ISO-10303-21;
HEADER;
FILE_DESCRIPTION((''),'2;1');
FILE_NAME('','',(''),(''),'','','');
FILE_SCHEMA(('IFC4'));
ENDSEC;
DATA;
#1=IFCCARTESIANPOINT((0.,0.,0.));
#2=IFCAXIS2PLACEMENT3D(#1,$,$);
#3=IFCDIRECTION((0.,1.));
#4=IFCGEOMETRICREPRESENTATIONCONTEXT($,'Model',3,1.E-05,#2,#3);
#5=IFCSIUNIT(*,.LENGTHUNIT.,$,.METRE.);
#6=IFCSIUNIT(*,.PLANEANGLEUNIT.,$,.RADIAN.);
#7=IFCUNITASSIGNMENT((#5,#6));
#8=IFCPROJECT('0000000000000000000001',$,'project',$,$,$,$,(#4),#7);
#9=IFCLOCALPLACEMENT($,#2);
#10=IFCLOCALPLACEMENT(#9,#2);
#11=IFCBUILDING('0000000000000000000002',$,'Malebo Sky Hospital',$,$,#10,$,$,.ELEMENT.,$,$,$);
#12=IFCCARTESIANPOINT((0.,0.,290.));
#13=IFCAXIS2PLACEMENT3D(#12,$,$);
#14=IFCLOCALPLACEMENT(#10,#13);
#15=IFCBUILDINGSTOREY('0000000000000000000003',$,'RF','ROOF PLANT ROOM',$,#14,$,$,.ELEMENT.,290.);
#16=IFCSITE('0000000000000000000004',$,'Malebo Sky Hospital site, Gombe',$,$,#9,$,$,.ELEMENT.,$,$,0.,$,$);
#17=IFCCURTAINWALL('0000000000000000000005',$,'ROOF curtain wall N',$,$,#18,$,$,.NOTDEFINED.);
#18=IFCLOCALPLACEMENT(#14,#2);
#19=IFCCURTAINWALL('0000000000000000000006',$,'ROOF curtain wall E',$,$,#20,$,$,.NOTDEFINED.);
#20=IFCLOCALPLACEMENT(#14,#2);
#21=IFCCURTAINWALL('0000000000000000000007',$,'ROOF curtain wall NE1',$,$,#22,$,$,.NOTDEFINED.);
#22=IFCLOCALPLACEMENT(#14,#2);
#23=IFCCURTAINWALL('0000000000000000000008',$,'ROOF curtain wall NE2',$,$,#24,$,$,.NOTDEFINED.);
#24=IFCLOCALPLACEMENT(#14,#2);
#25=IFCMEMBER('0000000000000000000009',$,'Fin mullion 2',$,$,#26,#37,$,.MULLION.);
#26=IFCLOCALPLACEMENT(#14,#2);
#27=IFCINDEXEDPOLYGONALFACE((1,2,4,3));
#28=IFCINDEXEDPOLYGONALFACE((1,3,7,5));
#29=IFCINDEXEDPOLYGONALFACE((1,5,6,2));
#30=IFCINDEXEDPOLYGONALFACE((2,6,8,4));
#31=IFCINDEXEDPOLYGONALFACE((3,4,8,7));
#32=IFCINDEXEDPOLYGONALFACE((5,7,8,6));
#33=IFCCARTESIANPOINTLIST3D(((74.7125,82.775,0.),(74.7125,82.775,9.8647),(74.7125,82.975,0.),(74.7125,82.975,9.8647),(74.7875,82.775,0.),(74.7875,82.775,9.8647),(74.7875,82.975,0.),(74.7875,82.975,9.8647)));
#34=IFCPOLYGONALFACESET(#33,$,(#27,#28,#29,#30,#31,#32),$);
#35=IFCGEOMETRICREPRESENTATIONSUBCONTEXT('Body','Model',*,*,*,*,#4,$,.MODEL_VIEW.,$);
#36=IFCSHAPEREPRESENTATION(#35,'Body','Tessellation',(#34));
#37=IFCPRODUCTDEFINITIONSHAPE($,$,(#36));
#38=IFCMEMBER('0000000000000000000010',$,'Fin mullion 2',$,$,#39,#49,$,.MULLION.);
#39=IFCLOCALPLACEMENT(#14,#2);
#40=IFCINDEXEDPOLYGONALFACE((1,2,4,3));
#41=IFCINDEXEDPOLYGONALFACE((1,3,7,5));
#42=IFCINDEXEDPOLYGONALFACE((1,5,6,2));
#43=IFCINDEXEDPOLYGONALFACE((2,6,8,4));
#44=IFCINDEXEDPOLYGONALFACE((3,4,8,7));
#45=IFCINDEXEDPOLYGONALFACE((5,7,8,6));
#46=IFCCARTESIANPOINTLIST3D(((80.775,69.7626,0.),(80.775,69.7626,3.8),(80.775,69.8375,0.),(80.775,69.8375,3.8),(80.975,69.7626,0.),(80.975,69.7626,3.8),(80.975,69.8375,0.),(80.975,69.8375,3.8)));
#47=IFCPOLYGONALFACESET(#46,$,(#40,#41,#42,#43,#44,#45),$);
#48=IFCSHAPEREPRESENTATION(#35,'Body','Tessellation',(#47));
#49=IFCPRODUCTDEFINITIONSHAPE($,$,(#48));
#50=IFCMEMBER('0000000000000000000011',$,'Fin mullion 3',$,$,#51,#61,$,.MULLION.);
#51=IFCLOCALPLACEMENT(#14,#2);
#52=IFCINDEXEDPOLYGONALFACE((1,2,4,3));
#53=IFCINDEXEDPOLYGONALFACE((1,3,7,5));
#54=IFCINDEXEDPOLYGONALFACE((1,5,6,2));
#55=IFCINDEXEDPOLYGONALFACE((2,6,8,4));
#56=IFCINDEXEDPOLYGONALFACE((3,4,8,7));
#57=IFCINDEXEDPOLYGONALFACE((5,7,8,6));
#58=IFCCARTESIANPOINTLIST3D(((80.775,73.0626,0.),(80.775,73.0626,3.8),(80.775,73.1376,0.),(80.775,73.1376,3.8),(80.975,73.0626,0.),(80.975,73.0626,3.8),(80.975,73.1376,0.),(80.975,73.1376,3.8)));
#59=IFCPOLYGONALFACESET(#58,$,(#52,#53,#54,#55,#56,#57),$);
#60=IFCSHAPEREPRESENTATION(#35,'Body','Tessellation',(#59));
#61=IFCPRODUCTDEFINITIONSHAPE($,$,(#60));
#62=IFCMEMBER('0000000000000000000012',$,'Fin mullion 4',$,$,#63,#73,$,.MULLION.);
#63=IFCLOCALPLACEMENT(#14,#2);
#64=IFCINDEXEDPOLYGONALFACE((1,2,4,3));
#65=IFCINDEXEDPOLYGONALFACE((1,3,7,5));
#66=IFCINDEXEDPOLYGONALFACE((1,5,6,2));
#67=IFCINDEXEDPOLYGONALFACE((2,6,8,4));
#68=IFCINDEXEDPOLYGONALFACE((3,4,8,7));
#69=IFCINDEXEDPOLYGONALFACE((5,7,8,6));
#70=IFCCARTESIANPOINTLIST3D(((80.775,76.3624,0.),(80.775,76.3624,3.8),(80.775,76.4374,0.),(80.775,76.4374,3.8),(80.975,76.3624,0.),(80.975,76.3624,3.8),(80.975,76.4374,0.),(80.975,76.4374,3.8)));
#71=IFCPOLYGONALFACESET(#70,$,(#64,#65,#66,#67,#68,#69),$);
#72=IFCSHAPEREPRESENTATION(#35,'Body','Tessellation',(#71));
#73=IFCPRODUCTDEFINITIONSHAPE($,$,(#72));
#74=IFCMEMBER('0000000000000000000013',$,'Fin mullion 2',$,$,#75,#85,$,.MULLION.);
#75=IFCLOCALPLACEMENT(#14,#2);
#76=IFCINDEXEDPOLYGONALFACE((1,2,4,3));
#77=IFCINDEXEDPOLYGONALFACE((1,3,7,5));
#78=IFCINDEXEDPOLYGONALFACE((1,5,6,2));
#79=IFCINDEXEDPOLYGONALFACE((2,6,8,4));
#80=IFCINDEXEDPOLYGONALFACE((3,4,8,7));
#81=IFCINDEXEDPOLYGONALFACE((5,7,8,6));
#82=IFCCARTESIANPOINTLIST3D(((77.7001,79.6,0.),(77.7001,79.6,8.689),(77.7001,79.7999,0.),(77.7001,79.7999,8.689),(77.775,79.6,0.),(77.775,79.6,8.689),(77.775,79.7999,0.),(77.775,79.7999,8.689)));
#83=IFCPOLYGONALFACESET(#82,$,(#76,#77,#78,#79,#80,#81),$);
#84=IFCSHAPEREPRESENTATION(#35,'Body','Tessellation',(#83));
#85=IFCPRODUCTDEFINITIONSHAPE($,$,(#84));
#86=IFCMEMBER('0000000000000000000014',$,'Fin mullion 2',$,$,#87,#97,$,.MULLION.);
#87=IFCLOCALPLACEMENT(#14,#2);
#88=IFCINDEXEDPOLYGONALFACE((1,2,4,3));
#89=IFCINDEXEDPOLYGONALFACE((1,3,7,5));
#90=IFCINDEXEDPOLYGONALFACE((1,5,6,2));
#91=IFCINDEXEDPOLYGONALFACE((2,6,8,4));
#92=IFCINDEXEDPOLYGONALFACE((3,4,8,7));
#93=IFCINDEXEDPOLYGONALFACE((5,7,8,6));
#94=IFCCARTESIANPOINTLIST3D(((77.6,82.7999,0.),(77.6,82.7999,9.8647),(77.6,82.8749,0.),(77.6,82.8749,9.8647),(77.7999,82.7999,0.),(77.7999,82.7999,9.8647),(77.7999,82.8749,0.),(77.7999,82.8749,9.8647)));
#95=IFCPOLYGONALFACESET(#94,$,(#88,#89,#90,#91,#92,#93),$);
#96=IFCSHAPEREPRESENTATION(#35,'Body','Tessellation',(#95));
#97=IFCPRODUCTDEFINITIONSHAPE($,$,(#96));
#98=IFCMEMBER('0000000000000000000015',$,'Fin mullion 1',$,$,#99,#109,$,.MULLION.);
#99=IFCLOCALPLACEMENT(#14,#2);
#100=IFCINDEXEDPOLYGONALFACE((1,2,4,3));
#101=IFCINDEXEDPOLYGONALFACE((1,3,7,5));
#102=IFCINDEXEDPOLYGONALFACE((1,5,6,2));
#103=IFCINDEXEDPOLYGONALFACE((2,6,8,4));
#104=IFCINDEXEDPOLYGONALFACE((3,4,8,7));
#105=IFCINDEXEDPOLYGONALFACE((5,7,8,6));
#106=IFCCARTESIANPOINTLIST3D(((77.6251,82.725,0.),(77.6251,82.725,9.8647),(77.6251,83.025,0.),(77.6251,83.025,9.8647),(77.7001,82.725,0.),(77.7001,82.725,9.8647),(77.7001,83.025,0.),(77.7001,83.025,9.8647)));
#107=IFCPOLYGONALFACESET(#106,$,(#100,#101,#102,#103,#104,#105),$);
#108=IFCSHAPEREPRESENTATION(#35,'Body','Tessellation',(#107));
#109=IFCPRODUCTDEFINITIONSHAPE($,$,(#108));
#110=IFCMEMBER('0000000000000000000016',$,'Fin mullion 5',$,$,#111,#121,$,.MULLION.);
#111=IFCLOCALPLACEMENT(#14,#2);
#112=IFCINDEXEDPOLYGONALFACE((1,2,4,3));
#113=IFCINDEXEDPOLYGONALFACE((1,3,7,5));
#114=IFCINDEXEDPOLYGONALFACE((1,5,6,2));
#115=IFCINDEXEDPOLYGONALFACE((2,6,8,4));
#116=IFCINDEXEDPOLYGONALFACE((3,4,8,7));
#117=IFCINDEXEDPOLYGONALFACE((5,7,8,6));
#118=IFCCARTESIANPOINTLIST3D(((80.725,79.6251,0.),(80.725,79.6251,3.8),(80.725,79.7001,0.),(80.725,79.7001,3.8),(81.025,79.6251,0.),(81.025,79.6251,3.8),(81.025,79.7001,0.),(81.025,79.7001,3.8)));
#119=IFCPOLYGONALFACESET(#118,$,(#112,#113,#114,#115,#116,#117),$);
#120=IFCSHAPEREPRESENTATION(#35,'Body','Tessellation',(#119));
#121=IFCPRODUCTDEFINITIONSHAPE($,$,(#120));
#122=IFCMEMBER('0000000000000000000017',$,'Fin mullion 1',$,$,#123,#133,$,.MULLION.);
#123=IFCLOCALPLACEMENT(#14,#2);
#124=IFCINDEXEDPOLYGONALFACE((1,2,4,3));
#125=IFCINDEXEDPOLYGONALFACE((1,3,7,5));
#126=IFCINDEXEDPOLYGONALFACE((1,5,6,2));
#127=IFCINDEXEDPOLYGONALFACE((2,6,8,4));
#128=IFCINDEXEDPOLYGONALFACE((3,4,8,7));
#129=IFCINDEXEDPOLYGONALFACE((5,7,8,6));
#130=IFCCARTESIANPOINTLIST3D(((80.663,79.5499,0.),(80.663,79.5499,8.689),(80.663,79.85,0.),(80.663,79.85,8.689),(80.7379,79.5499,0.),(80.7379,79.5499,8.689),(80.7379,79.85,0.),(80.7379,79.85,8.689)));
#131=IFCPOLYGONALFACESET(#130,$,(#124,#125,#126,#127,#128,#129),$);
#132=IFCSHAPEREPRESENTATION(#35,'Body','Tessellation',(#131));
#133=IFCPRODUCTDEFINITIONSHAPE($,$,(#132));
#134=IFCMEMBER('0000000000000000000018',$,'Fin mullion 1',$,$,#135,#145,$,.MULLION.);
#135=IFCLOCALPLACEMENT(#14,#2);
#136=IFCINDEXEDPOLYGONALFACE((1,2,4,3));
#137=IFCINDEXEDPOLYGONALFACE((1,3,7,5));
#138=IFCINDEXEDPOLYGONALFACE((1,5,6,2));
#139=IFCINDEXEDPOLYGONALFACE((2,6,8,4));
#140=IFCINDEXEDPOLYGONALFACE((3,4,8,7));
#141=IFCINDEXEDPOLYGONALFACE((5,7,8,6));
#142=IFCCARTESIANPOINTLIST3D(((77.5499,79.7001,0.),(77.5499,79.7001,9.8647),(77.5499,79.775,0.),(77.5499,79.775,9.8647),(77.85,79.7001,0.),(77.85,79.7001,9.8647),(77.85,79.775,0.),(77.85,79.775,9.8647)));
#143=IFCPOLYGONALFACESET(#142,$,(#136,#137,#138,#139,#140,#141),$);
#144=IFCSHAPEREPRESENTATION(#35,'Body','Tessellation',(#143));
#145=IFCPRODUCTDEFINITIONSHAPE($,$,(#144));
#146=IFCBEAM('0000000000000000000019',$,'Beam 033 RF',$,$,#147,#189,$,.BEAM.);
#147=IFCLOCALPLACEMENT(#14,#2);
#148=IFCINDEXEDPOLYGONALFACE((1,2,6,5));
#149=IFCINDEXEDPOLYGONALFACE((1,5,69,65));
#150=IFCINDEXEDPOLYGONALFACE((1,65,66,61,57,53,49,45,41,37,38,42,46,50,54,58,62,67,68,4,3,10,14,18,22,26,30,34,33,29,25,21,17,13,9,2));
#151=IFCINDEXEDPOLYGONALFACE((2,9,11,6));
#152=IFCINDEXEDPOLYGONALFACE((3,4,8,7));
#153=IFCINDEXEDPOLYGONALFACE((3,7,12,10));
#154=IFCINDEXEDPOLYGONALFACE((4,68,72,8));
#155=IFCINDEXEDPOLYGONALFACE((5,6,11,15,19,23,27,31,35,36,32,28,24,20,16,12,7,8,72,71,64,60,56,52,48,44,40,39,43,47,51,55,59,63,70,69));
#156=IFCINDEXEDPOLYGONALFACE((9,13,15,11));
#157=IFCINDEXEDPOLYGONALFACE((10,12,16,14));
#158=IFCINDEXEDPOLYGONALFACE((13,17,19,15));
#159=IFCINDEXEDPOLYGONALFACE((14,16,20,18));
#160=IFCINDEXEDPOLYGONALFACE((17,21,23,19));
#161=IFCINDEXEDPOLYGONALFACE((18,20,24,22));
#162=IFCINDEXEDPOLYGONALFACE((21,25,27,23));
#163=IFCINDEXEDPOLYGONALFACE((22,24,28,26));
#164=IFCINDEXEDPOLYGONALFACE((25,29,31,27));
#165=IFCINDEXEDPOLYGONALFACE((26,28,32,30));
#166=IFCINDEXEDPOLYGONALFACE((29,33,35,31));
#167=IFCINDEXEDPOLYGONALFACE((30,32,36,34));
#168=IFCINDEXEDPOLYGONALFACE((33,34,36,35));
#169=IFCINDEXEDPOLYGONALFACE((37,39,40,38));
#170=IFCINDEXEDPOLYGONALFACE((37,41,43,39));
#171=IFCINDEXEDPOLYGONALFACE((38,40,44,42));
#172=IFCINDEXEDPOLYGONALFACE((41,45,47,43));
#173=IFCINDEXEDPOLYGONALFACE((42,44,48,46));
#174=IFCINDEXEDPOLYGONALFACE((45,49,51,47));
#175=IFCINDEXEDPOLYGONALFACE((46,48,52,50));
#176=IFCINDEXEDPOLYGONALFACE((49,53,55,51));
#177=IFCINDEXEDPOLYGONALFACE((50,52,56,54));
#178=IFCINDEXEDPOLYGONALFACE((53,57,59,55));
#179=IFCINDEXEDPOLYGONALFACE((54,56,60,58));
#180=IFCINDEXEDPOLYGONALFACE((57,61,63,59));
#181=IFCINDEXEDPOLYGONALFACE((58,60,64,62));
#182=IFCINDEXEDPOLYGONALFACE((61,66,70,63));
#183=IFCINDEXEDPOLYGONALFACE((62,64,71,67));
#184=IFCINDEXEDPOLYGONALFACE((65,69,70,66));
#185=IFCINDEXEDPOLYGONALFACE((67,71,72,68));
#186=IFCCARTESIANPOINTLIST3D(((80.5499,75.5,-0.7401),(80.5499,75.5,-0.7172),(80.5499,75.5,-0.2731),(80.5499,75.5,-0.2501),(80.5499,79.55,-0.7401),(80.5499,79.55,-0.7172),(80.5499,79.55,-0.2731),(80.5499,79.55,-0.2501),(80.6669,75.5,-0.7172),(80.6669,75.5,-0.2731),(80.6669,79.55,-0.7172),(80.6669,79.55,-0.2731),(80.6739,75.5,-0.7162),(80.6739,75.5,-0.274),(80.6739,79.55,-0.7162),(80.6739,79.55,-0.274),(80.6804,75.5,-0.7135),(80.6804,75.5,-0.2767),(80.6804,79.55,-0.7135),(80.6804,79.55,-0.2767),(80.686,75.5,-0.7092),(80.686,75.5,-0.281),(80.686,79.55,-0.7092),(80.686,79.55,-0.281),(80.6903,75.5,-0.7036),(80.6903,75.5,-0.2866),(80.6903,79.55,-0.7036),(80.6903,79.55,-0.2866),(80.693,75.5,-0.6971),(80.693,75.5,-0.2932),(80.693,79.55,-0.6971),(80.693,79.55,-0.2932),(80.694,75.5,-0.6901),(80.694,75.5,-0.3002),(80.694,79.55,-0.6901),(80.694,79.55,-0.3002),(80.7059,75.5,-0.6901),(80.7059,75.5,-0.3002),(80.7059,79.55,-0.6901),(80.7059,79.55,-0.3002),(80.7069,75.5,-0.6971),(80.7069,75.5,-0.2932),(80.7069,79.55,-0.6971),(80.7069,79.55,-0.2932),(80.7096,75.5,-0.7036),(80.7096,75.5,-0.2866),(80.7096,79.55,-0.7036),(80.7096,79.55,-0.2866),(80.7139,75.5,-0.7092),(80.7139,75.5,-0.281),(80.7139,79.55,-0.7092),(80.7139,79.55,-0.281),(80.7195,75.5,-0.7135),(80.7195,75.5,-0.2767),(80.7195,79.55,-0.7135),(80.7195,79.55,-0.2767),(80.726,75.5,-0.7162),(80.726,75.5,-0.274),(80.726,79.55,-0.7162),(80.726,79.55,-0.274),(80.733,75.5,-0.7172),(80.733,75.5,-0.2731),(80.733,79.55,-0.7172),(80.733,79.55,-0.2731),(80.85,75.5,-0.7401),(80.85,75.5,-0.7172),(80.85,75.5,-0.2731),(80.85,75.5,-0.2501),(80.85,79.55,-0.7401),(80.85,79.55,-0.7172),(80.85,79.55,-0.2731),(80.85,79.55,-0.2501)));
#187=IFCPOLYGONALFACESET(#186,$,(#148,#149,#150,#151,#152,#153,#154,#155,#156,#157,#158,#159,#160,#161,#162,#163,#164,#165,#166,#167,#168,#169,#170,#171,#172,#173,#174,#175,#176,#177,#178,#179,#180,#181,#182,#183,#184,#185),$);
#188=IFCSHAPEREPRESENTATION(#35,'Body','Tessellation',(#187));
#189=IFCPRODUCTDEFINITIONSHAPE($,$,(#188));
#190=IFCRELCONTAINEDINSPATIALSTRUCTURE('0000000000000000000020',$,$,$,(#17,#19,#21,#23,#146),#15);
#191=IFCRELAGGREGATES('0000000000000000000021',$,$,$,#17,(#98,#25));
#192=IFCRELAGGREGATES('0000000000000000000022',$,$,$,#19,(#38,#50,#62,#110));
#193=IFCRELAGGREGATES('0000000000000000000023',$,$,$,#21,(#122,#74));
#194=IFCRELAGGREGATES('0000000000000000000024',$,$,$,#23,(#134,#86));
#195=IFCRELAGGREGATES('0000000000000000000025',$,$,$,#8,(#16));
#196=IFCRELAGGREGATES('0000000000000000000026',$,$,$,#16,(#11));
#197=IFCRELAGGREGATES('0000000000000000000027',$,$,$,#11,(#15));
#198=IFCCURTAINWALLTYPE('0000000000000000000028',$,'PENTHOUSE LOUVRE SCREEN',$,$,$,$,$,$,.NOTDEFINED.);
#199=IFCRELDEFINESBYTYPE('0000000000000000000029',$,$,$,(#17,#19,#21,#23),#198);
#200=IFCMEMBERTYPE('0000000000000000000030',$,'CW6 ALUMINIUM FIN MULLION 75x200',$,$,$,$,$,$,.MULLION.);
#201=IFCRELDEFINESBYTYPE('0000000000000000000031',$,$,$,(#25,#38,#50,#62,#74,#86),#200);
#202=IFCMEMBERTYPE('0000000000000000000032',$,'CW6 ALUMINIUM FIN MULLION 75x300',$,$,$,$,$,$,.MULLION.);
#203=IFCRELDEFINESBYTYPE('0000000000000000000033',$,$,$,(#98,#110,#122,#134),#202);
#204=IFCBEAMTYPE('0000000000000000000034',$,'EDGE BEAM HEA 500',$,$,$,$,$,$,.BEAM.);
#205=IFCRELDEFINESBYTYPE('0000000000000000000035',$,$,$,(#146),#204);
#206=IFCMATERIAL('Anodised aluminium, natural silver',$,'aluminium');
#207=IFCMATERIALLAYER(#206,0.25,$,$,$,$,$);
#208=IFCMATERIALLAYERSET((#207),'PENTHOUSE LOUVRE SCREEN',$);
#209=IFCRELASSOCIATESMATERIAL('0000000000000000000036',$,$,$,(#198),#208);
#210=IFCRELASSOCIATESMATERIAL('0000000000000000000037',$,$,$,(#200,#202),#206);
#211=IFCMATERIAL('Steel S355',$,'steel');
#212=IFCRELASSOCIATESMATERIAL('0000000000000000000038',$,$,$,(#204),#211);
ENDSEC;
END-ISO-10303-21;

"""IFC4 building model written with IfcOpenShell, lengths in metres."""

from ifc_helpers import new_model, si_unit, direction, frame, origin, origin_2d, place, context, subcontext, project, spatial, rectangle, i_section, extrude, material, layer, layer_set, material_profile, profile_set, type_object, element, aggregate, save


model = new_model("IFC4")

# Units and contexts
model_context = context("Model", 3, precision=1e-05, world=origin(), true_north=direction((0.0, 1.0)))
body_context = subcontext(model_context, "Body", "Model", "MODEL_VIEW")
ifc_project = project(units=[si_unit("LENGTHUNIT", "METRE"), si_unit("PLANEANGLEUNIT", "RADIAN")], contexts=[model_context])

# Site, building, storey
site_placement = place(None, origin())
site = spatial("IfcSite", under=ifc_project, at=site_placement, Name="Malebo Sky Hospital site, Gombe", CompositionType="ELEMENT", RefElevation=0.0)
building_placement = place(site_placement, origin())
building = spatial("IfcBuilding", under=site, at=building_placement, Name="Malebo Sky Hospital", CompositionType="ELEMENT")
storey_placement = place(building_placement, frame((0.0, 0.0, 290.0)))
storey = spatial("IfcBuildingStorey", under=building, at=storey_placement, Name="RF", Description="ROOF PLANT ROOM", CompositionType="ELEMENT", Elevation=290.0)

# Shared definitions
ifc_material_1 = material(Name="Steel S355", Category="steel")

# Curtain walls
ifc_material_2 = material(Name="Anodised aluminium, natural silver", Category="aluminium")
ifc_layer_1 = layer(ifc_material_2, 0.25)
ifc_layer_set_1 = layer_set([ifc_layer_1], Name="PENTHOUSE LOUVRE SCREEN")
curtain_wall_type = type_object("IfcCurtainWallType", Name="PENTHOUSE LOUVRE SCREEN", PredefinedType="NOTDEFINED", material=ifc_layer_set_1)
curtain_wall_1_placement = place(storey_placement, origin())
curtain_wall_1 = element("IfcCurtainWall", 1, at=curtain_wall_1_placement, inside=storey, type_object=curtain_wall_type, Name="ROOF curtain wall N", PredefinedType="NOTDEFINED")
curtain_wall_2_placement = place(storey_placement, origin())
curtain_wall_2 = element("IfcCurtainWall", 2, at=curtain_wall_2_placement, inside=storey, type_object=curtain_wall_type, Name="ROOF curtain wall E", PredefinedType="NOTDEFINED")

# Curtain walls
curtain_wall_3_placement = place(storey_placement, origin())
curtain_wall_3 = element("IfcCurtainWall", 3, at=curtain_wall_3_placement, inside=storey, type_object=curtain_wall_type, Name="ROOF curtain wall NE1", PredefinedType="NOTDEFINED")
curtain_wall_4_placement = place(storey_placement, origin())
curtain_wall_4 = element("IfcCurtainWall", 4, at=curtain_wall_4_placement, inside=storey, type_object=curtain_wall_type, Name="ROOF curtain wall NE2", PredefinedType="NOTDEFINED")

# Members
ifc_material_profile_1 = material_profile(ifc_material_2, rectangle(XDim=0.075, YDim=0.2, at=origin_2d()), Name="CW6 ALUMINIUM FIN MULLION 75x200")
ifc_profile_set_1 = profile_set([ifc_material_profile_1], Name="Anodised aluminium, natural silver")
member_type_1 = type_object("IfcMemberType", Name="CW6 ALUMINIUM FIN MULLION 75x200", PredefinedType="MULLION", material=ifc_profile_set_1)
member_1_placement = place(storey_placement, frame((74.75, 82.875, 0.0), z_axis=(0.0, 0.0, 1.0), x_axis=(-1.0, 0.0, 0.0)))
member_1 = element("IfcMember", 5, at=member_1_placement, type_object=member_type_1, Name="Fin mullion 2", PredefinedType="MULLION", context=body_context, shape_type="SweptSolid", body=[
    extrude(rectangle(XDim=0.075, YDim=0.2, at=origin_2d()), origin(), (0.0, 0.0, 1.0), 9.8647),
])
member_2_placement = place(storey_placement, frame((80.875, 69.8, 0.0), z_axis=(0.0, 0.0, 1.0), x_axis=(0.0, 1.0, 0.0)))
member_2 = element("IfcMember", 6, at=member_2_placement, type_object=member_type_1, Name="Fin mullion 2", PredefinedType="MULLION", context=body_context, shape_type="SweptSolid", body=[
    extrude(rectangle(XDim=0.075, YDim=0.2, at=origin_2d()), origin(), (0.0, 0.0, 1.0), 3.8),
])
member_3_placement = place(storey_placement, frame((80.875, 73.1001, 0.0), z_axis=(0.0, 0.0, 1.0), x_axis=(0.0, 1.0, 0.0)))
member_3 = element("IfcMember", 7, at=member_3_placement, type_object=member_type_1, Name="Fin mullion 3", PredefinedType="MULLION", context=body_context, shape_type="SweptSolid", body=[
    extrude(rectangle(XDim=0.075, YDim=0.2, at=origin_2d()), origin(), (0.0, 0.0, 1.0), 3.8),
])
member_4_placement = place(storey_placement, frame((80.875, 76.3999, 0.0), z_axis=(0.0, 0.0, 1.0), x_axis=(0.0, 1.0, 0.0)))
member_4 = element("IfcMember", 8, at=member_4_placement, type_object=member_type_1, Name="Fin mullion 4", PredefinedType="MULLION", context=body_context, shape_type="SweptSolid", body=[
    extrude(rectangle(XDim=0.075, YDim=0.2, at=origin_2d()), origin(), (0.0, 0.0, 1.0), 3.8),
])
member_5_placement = place(storey_placement, frame((77.7375, 79.7, 0.0), z_axis=(0.0, 0.0, 1.0), x_axis=(-1.0, 0.0, 0.0)))
member_5 = element("IfcMember", 9, at=member_5_placement, type_object=member_type_1, Name="Fin mullion 2", PredefinedType="MULLION", context=body_context, shape_type="SweptSolid", body=[
    extrude(rectangle(XDim=0.075, YDim=0.2, at=origin_2d()), origin(), (0.0, 0.0, 1.0), 8.689),
])
member_6_placement = place(storey_placement, frame((77.7, 82.8374, 0.0), z_axis=(0.0, 0.0, 1.0), x_axis=(0.0, 1.0, 0.0)))
member_6 = element("IfcMember", 10, at=member_6_placement, type_object=member_type_1, Name="Fin mullion 2", PredefinedType="MULLION", context=body_context, shape_type="SweptSolid", body=[
    extrude(rectangle(XDim=0.075, YDim=0.2, at=origin_2d()), origin(), (0.0, 0.0, 1.0), 9.8647),
])
ifc_material_profile_2 = material_profile(ifc_material_2, rectangle(XDim=0.075, YDim=0.3, at=origin_2d()), Name="CW6 ALUMINIUM FIN MULLION 75x300")
ifc_profile_set_2 = profile_set([ifc_material_profile_2], Name="Anodised aluminium, natural silver")
member_type_2 = type_object("IfcMemberType", Name="CW6 ALUMINIUM FIN MULLION 75x300", PredefinedType="MULLION", material=ifc_profile_set_2)
member_7_placement = place(storey_placement, frame((77.6626, 82.875, 0.0), z_axis=(0.0, 0.0, 1.0), x_axis=(-1.0, 0.0, 0.0)))
member_7 = element("IfcMember", 11, at=member_7_placement, type_object=member_type_2, Name="Fin mullion 1", PredefinedType="MULLION", context=body_context, shape_type="SweptSolid", body=[
    extrude(rectangle(XDim=0.075, YDim=0.3, at=origin_2d()), origin(), (0.0, 0.0, 1.0), 9.8647),
])
member_8_placement = place(storey_placement, frame((80.875, 79.6626, 0.0), z_axis=(0.0, 0.0, 1.0), x_axis=(0.0, 1.0, 0.0)))
member_8 = element("IfcMember", 12, at=member_8_placement, type_object=member_type_2, Name="Fin mullion 5", PredefinedType="MULLION", context=body_context, shape_type="SweptSolid", body=[
    extrude(rectangle(XDim=0.075, YDim=0.3, at=origin_2d()), origin(), (0.0, 0.0, 1.0), 3.8),
])
member_9_placement = place(storey_placement, frame((80.7004, 79.7, 0.0), z_axis=(0.0, 0.0, 1.0), x_axis=(-1.0, 0.0, 0.0)))
member_9 = element("IfcMember", 13, at=member_9_placement, type_object=member_type_2, Name="Fin mullion 1", PredefinedType="MULLION", context=body_context, shape_type="SweptSolid", body=[
    extrude(rectangle(XDim=0.075, YDim=0.3, at=origin_2d()), origin(), (0.0, 0.0, 1.0), 8.689),
])
member_10_placement = place(storey_placement, frame((77.7, 79.7375, 0.0), z_axis=(0.0, 0.0, 1.0), x_axis=(0.0, 1.0, 0.0)))
member_10 = element("IfcMember", 14, at=member_10_placement, type_object=member_type_2, Name="Fin mullion 1", PredefinedType="MULLION", context=body_context, shape_type="SweptSolid", body=[
    extrude(rectangle(XDim=0.075, YDim=0.3, at=origin_2d()), origin(), (0.0, 0.0, 1.0), 9.8647),
])

# Beam
ifc_material_profile_3 = material_profile(ifc_material_1, i_section(OverallWidth=0.3, OverallDepth=0.49, WebThickness=0.012, FlangeThickness=0.0229, FilletRadius=0.0271, at=origin_2d()), Name="HEA 500")
ifc_profile_set_3 = profile_set([ifc_material_profile_3], Name="Steel S355")
beam_type_1 = type_object("IfcBeamType", Name="EDGE BEAM HEA 500", PredefinedType="BEAM", material=ifc_profile_set_3)
for number, where, z_axis, x_axis, name in (
    (15, (80.7, 75.5, -0.4951), (0.0, 1.0, 0.0), (-1.0, 0.0, 0.0), "Beam 033 RF"),
):
    element("IfcBeam", number, at=place(storey_placement, frame(where, z_axis=z_axis, x_axis=x_axis)), inside=storey, type_object=beam_type_1, Name=name, PredefinedType="BEAM", context=body_context, shape_type="SweptSolid", body=[
        extrude(i_section(OverallWidth=0.3, OverallDepth=0.49, WebThickness=0.012, FlangeThickness=0.0229, FilletRadius=0.0271, at=origin_2d()), origin(), (0.0, 0.0, 1.0), 4.05),
    ])

aggregate(curtain_wall_1, [member_7, member_1])
aggregate(curtain_wall_2, [member_2, member_3, member_4, member_8])
aggregate(curtain_wall_3, [member_9, member_5])
aggregate(curtain_wall_4, [member_10, member_6])

save(model, "model.ifc")
